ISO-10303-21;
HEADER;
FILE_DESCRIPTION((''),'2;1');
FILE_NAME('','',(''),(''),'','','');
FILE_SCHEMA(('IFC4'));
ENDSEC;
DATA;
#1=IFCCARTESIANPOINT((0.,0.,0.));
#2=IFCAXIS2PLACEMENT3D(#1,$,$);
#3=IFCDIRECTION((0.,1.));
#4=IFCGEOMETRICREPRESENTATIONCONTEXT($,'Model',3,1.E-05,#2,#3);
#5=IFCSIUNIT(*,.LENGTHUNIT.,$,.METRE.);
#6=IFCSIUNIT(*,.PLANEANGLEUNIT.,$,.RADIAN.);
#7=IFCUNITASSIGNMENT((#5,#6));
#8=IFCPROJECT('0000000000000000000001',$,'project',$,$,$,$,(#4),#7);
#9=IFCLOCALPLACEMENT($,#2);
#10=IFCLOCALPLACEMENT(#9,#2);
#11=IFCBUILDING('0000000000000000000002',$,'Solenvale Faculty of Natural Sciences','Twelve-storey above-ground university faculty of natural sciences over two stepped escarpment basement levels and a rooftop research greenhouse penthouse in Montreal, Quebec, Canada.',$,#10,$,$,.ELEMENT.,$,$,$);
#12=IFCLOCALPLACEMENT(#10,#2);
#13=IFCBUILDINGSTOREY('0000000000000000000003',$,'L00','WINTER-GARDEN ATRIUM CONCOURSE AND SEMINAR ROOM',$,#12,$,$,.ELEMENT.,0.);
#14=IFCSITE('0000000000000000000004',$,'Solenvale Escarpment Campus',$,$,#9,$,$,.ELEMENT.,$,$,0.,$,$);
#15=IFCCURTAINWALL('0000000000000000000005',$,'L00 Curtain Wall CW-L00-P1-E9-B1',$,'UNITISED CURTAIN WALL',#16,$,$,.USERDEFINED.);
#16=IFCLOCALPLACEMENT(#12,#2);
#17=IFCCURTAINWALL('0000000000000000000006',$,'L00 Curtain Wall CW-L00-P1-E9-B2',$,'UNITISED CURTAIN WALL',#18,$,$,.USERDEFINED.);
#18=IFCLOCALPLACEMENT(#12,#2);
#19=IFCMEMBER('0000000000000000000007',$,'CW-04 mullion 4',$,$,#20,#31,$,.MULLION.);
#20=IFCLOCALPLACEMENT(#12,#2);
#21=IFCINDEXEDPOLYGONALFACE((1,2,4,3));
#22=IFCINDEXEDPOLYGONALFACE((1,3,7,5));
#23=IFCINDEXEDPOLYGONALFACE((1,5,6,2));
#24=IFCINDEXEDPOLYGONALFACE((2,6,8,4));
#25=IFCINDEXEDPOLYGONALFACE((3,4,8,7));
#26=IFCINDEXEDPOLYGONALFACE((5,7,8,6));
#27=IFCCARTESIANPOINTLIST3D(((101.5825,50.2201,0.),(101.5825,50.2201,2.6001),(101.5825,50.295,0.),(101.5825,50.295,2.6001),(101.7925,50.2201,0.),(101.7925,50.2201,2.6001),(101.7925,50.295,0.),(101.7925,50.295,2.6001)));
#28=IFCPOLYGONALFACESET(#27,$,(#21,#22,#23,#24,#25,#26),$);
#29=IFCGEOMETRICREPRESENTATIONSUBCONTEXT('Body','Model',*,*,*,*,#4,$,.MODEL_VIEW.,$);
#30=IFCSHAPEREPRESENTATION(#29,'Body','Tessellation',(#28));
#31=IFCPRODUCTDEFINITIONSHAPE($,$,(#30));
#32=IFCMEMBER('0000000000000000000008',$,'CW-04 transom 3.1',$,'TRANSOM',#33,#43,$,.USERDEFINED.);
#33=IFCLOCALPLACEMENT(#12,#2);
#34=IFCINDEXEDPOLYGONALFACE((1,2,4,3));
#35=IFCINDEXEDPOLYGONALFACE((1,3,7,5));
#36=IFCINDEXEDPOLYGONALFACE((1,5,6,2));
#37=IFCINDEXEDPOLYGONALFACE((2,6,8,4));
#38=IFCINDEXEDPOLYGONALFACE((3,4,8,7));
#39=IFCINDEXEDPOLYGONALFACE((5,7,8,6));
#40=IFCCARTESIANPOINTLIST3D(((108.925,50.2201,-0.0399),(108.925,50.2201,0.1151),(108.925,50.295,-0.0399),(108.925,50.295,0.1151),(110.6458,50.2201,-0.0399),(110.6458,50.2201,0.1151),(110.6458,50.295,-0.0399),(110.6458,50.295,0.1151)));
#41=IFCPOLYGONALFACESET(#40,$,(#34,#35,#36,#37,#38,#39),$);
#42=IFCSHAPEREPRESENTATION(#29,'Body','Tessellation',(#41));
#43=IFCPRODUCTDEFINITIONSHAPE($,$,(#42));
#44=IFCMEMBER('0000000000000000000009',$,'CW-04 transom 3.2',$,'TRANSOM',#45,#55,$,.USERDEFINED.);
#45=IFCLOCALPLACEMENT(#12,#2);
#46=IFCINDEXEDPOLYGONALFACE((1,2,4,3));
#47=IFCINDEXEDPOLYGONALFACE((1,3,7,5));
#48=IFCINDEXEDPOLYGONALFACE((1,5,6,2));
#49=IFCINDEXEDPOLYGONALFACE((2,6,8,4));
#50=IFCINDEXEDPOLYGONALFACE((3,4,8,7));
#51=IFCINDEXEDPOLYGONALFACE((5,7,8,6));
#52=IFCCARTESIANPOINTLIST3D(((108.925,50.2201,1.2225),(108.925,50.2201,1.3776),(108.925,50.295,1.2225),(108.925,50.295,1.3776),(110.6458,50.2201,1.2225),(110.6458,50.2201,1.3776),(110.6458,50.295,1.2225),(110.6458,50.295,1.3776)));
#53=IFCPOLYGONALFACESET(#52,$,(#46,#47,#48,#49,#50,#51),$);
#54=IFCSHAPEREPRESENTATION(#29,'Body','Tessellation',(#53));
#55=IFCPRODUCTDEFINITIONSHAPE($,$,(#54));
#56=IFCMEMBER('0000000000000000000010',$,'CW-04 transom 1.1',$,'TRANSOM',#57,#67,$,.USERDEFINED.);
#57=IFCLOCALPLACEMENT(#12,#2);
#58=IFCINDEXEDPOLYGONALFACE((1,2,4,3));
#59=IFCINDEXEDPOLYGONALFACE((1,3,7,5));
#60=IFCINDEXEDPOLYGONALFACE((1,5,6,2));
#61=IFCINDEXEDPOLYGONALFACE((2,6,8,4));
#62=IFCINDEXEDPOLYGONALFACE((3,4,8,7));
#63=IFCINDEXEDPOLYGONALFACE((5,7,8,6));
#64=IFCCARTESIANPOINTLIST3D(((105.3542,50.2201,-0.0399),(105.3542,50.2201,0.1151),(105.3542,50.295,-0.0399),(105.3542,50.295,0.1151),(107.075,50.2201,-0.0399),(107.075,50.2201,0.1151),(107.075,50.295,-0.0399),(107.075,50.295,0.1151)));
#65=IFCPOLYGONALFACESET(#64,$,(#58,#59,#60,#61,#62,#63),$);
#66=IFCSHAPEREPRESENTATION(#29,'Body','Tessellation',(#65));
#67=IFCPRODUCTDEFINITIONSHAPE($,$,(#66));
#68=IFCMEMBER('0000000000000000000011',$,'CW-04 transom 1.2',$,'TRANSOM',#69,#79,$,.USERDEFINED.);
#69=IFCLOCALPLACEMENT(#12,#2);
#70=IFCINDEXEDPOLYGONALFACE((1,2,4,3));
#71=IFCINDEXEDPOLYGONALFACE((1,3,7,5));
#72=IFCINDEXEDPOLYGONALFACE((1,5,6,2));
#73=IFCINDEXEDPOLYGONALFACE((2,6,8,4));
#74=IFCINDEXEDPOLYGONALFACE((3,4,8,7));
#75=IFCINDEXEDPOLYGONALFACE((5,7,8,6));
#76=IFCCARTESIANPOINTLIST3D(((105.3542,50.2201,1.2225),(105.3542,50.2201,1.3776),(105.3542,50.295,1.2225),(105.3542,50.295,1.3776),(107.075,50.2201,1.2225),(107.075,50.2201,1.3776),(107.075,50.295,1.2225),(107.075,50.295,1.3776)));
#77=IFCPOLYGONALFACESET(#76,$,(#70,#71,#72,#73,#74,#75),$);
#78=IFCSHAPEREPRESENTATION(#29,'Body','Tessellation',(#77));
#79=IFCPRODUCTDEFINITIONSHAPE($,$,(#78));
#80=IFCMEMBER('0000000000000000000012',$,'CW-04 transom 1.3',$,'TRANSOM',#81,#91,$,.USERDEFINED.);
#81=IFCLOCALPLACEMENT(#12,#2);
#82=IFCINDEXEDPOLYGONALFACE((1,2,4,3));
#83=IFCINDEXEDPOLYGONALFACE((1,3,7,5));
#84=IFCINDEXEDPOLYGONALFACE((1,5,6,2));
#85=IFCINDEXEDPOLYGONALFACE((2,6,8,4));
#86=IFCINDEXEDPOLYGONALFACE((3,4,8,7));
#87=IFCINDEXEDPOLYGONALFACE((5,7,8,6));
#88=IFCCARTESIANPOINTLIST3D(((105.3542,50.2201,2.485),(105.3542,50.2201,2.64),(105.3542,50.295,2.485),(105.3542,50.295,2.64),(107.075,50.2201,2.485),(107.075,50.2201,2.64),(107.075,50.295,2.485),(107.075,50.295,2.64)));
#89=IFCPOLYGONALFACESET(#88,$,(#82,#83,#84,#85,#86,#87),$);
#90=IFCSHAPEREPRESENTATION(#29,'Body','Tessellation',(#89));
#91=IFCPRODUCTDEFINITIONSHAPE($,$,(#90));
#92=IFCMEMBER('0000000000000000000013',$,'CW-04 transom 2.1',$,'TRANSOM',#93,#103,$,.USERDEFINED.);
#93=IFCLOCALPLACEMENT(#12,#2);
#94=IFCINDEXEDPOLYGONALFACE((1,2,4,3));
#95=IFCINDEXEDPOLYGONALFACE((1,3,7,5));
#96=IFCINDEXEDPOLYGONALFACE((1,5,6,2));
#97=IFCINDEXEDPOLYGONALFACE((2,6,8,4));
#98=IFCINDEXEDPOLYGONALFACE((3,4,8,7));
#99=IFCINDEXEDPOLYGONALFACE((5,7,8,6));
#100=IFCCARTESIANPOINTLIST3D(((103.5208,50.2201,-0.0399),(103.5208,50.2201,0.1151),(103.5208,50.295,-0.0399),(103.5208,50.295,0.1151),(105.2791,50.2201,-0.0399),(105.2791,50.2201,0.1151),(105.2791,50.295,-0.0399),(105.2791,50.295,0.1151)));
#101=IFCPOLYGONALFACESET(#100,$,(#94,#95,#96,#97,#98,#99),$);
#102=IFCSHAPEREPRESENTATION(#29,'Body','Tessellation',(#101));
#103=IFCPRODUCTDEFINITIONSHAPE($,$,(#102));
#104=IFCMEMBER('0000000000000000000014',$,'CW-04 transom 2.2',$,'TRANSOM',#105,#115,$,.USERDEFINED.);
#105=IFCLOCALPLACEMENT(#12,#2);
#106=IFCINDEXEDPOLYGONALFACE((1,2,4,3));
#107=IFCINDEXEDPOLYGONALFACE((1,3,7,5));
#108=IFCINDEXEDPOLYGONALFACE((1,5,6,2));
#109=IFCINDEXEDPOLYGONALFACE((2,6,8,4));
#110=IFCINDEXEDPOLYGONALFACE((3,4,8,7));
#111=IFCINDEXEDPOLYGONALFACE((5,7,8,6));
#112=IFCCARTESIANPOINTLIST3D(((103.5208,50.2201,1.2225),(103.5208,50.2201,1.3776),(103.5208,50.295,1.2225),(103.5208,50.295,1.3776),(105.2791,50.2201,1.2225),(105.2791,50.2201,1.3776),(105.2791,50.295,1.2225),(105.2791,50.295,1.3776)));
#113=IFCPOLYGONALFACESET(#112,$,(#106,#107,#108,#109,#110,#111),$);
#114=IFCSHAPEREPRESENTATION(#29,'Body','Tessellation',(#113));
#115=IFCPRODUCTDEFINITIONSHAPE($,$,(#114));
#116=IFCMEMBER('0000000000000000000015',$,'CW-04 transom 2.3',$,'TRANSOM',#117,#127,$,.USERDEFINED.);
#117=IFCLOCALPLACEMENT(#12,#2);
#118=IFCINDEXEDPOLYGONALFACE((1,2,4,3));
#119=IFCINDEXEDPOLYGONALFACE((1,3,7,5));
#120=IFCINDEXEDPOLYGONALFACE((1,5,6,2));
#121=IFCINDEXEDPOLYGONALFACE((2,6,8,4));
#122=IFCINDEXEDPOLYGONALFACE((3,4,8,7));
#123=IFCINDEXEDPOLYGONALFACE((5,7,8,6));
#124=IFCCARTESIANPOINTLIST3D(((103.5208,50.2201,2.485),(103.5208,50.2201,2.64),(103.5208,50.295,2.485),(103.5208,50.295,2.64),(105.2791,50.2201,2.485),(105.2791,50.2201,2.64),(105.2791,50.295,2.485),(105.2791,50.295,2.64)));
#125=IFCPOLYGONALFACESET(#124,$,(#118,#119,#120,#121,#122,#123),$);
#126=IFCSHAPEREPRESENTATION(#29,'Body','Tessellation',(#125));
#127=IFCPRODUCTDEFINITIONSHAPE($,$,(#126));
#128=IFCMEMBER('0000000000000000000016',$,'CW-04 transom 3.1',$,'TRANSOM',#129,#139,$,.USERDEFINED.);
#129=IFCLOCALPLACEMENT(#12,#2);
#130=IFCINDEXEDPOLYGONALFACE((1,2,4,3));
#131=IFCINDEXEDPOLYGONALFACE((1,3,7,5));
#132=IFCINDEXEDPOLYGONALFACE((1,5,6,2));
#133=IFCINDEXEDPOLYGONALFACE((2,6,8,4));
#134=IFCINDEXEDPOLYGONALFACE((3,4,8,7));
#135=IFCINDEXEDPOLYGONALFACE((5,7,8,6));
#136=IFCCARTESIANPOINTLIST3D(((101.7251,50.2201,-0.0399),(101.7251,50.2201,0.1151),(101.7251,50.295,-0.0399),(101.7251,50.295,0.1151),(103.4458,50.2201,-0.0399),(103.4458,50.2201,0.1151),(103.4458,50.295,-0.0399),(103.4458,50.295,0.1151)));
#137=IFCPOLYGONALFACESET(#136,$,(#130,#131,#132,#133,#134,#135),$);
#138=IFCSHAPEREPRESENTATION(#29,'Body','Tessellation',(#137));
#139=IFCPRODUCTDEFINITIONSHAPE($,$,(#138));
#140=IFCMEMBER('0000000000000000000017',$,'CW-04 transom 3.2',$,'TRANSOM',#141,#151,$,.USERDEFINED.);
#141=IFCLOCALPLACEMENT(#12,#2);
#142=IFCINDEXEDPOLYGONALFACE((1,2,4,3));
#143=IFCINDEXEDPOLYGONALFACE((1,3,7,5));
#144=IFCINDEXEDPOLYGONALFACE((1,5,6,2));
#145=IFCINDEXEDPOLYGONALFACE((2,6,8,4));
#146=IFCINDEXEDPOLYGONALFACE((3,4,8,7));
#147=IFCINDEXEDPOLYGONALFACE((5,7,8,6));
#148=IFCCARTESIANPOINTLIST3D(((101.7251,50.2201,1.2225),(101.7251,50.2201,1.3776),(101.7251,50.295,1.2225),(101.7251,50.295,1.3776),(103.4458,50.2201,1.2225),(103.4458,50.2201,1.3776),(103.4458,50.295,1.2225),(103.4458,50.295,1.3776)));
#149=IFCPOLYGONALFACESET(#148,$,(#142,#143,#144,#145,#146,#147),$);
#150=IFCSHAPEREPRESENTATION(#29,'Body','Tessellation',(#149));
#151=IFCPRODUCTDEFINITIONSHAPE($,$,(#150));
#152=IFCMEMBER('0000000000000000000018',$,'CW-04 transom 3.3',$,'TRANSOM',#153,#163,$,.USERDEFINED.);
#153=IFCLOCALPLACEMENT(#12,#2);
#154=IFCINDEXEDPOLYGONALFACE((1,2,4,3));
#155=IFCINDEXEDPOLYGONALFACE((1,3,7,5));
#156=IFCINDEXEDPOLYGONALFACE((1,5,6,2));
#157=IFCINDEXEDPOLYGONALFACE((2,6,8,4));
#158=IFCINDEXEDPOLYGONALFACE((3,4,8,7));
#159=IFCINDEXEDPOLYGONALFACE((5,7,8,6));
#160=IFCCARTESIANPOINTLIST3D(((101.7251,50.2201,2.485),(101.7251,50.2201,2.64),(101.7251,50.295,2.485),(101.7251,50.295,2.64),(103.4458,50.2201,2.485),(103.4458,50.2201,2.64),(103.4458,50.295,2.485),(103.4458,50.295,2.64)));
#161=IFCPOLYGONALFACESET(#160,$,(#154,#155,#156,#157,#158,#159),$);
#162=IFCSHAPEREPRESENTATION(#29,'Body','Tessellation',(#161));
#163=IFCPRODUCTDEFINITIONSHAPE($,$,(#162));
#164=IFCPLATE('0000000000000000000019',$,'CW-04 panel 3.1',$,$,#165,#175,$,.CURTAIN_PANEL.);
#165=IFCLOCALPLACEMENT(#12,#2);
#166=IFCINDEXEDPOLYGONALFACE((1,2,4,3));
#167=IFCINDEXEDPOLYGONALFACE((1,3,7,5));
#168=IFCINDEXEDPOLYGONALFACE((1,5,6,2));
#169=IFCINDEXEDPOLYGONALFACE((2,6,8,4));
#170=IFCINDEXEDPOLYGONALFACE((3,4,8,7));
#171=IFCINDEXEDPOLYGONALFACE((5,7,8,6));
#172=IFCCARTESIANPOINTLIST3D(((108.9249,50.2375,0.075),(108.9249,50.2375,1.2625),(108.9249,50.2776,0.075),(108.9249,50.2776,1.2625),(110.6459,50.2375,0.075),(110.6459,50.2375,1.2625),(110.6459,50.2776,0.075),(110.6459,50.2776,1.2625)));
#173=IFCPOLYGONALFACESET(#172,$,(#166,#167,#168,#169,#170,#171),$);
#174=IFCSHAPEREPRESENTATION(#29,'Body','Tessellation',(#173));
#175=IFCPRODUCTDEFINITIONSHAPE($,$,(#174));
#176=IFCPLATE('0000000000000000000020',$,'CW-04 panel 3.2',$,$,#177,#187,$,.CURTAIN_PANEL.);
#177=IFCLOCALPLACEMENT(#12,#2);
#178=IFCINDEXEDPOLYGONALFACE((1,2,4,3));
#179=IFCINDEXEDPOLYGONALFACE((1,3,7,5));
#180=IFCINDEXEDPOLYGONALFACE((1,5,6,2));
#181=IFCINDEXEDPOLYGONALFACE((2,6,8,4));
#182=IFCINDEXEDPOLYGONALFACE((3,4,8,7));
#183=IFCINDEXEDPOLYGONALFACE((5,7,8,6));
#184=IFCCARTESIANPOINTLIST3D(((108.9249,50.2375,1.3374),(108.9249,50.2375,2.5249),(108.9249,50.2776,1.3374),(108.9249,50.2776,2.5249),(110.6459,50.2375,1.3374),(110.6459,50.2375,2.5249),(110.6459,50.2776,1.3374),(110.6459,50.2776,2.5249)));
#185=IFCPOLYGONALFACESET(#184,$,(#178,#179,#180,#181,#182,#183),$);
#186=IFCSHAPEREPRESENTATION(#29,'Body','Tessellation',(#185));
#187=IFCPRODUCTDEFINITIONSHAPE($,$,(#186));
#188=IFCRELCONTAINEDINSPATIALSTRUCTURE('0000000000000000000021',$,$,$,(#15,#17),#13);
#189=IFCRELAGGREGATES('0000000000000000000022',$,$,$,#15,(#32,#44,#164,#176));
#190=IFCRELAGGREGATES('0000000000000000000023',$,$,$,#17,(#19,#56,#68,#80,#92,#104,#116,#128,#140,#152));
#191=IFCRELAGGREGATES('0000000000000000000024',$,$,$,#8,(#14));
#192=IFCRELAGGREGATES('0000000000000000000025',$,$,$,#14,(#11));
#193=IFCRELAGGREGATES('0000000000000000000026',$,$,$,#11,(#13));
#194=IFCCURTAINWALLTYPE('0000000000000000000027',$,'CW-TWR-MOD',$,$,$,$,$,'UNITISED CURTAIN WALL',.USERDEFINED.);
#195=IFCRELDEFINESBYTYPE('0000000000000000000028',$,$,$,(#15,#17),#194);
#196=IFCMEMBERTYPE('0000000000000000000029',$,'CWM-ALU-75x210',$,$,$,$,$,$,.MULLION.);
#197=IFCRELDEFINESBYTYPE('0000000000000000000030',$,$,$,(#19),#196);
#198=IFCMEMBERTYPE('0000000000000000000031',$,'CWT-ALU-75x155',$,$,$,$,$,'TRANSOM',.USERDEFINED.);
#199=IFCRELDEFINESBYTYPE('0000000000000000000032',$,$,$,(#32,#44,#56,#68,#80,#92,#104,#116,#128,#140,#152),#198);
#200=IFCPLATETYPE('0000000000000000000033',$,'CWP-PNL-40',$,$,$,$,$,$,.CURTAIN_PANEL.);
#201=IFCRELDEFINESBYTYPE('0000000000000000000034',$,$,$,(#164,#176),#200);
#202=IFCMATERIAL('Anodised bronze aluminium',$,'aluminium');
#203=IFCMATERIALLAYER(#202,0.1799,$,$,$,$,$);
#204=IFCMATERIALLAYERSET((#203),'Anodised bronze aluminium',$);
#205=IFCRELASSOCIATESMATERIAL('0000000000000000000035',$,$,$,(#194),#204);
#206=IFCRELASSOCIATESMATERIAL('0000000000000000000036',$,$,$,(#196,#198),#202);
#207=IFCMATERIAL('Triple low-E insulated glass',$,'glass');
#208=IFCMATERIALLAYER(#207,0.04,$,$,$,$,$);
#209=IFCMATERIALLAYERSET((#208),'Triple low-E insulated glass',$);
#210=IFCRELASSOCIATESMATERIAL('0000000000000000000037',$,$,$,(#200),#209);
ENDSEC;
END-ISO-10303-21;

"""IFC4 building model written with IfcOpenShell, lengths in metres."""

from ifc_helpers import new_model, si_unit, direction, frame, origin, origin_2d, place, context, subcontext, project, spatial, rectangle, extrude, material, layer, layer_set, material_profile, profile_set, type_object, element, aggregate, save


model = new_model("IFC4")

# Units and contexts
model_context = context("Model", 3, precision=1e-05, world=origin(), true_north=direction((0.0, 1.0)))
body_context = subcontext(model_context, "Body", "Model", "MODEL_VIEW")
ifc_project = project(units=[si_unit("LENGTHUNIT", "METRE"), si_unit("PLANEANGLEUNIT", "RADIAN")], contexts=[model_context])

# Site, building, storey
site_placement = place(None, origin())
site = spatial("IfcSite", under=ifc_project, at=site_placement, Name="Solenvale Escarpment Campus", CompositionType="ELEMENT", RefElevation=0.0)
building_placement = place(site_placement, origin())
building = spatial("IfcBuilding", under=site, at=building_placement, Name="Solenvale Faculty of Natural Sciences", Description="Twelve-storey above-ground university faculty of natural sciences over two stepped escarpment basement levels and a rooftop research greenhouse penthouse in Montreal, Quebec, Canada.", CompositionType="ELEMENT")
storey_placement = place(building_placement, origin())
storey = spatial("IfcBuildingStorey", under=building, at=storey_placement, Name="L00", Description="WINTER-GARDEN ATRIUM CONCOURSE AND SEMINAR ROOM", CompositionType="ELEMENT", Elevation=0.0)

# Curtain wall
ifc_material_1 = material(Name="Anodised bronze aluminium", Category="aluminium")
ifc_layer_1 = layer(ifc_material_1, 0.1799)
ifc_layer_set_1 = layer_set([ifc_layer_1], Name="Anodised bronze aluminium")
curtain_wall_type = type_object("IfcCurtainWallType", Name="CW-TWR-MOD", ElementType="UNITISED CURTAIN WALL", PredefinedType="USERDEFINED", material=ifc_layer_set_1)
curtain_wall_1_placement = place(storey_placement, origin())
curtain_wall_1 = element("IfcCurtainWall", 1, at=curtain_wall_1_placement, inside=storey, type_object=curtain_wall_type, Name="L00 Curtain Wall CW-L00-P1-E9-B1", ObjectType="UNITISED CURTAIN WALL", PredefinedType="USERDEFINED")
ifc_material_profile_1 = material_profile(ifc_material_1, rectangle(XDim=0.075, YDim=0.21, at=origin_2d()), Name="ALU-MUL-75x210")
ifc_profile_set_1 = profile_set([ifc_material_profile_1], Name="Anodised bronze aluminium")
member_type_1 = type_object("IfcMemberType", Name="CWM-ALU-75x210", PredefinedType="MULLION", material=ifc_profile_set_1)

# Curtain wall, member
curtain_wall_2_placement = place(storey_placement, origin())
curtain_wall_2 = element("IfcCurtainWall", 2, at=curtain_wall_2_placement, inside=storey, type_object=curtain_wall_type, Name="L00 Curtain Wall CW-L00-P1-E9-B2", ObjectType="UNITISED CURTAIN WALL", PredefinedType="USERDEFINED")
member_1_placement = place(storey_placement, frame((101.6875, 50.2576, 0.0), z_axis=(0.0, 0.0, 1.0), x_axis=(0.0, -1.0, 0.0)))
member_1 = element("IfcMember", 3, at=member_1_placement, type_object=member_type_1, Name="CW-04 mullion 4", PredefinedType="MULLION", context=body_context, shape_type="SweptSolid", body=[
    extrude(rectangle(XDim=0.075, YDim=0.21, at=origin_2d()), origin(), (0.0, 0.0, 1.0), 2.6001),
])

# Members
ifc_material_profile_2 = material_profile(ifc_material_1, rectangle(XDim=0.075, YDim=0.155, at=origin_2d()), Name="ALU-TRN-75x155")
ifc_profile_set_2 = profile_set([ifc_material_profile_2], Name="Anodised bronze aluminium")
member_type_2 = type_object("IfcMemberType", Name="CWT-ALU-75x155", ElementType="TRANSOM", PredefinedType="USERDEFINED", material=ifc_profile_set_2)
member_2_placement = place(storey_placement, frame((110.6458, 50.2576, 0.0376), z_axis=(-1.0, 0.0, 0.0), x_axis=(0.0, -1.0, 0.0)))
member_2 = element("IfcMember", 4, at=member_2_placement, type_object=member_type_2, Name="CW-04 transom 3.1", ObjectType="TRANSOM", PredefinedType="USERDEFINED", context=body_context, shape_type="SweptSolid", body=[
    extrude(rectangle(XDim=0.075, YDim=0.155, at=origin_2d()), origin(), (0.0, 0.0, 1.0), 1.7207),
])
member_3_placement = place(storey_placement, frame((110.6458, 50.2576, 1.3), z_axis=(-1.0, 0.0, 0.0), x_axis=(0.0, -1.0, 0.0)))
member_3 = element("IfcMember", 5, at=member_3_placement, type_object=member_type_2, Name="CW-04 transom 3.2", ObjectType="TRANSOM", PredefinedType="USERDEFINED", context=body_context, shape_type="SweptSolid", body=[
    extrude(rectangle(XDim=0.075, YDim=0.155, at=origin_2d()), origin(), (0.0, 0.0, 1.0), 1.7207),
])
member_4_placement = place(storey_placement, frame((107.075, 50.2576, 0.0376), z_axis=(-1.0, 0.0, 0.0), x_axis=(0.0, -1.0, 0.0)))
member_4 = element("IfcMember", 6, at=member_4_placement, type_object=member_type_2, Name="CW-04 transom 1.1", ObjectType="TRANSOM", PredefinedType="USERDEFINED", context=body_context, shape_type="SweptSolid", body=[
    extrude(rectangle(XDim=0.075, YDim=0.155, at=origin_2d()), origin(), (0.0, 0.0, 1.0), 1.7207),
])
member_5_placement = place(storey_placement, frame((107.075, 50.2576, 1.3), z_axis=(-1.0, 0.0, 0.0), x_axis=(0.0, -1.0, 0.0)))
member_5 = element("IfcMember", 7, at=member_5_placement, type_object=member_type_2, Name="CW-04 transom 1.2", ObjectType="TRANSOM", PredefinedType="USERDEFINED", context=body_context, shape_type="SweptSolid", body=[
    extrude(rectangle(XDim=0.075, YDim=0.155, at=origin_2d()), origin(), (0.0, 0.0, 1.0), 1.7207),
])
member_6_placement = place(storey_placement, frame((107.075, 50.2576, 2.5625), z_axis=(-1.0, 0.0, 0.0), x_axis=(0.0, -1.0, 0.0)))
member_6 = element("IfcMember", 8, at=member_6_placement, type_object=member_type_2, Name="CW-04 transom 1.3", ObjectType="TRANSOM", PredefinedType="USERDEFINED", context=body_context, shape_type="SweptSolid", body=[
    extrude(rectangle(XDim=0.075, YDim=0.155, at=origin_2d()), origin(), (0.0, 0.0, 1.0), 1.7207),
])
member_7_placement = place(storey_placement, frame((105.2791, 50.2576, 0.0376), z_axis=(-1.0, 0.0, 0.0), x_axis=(0.0, -1.0, 0.0)))
member_7 = element("IfcMember", 9, at=member_7_placement, type_object=member_type_2, Name="CW-04 transom 2.1", ObjectType="TRANSOM", PredefinedType="USERDEFINED", context=body_context, shape_type="SweptSolid", body=[
    extrude(rectangle(XDim=0.075, YDim=0.155, at=origin_2d()), origin(), (0.0, 0.0, 1.0), 1.7583),
])
member_8_placement = place(storey_placement, frame((105.2791, 50.2576, 1.3), z_axis=(-1.0, 0.0, 0.0), x_axis=(0.0, -1.0, 0.0)))
member_8 = element("IfcMember", 10, at=member_8_placement, type_object=member_type_2, Name="CW-04 transom 2.2", ObjectType="TRANSOM", PredefinedType="USERDEFINED", context=body_context, shape_type="SweptSolid", body=[
    extrude(rectangle(XDim=0.075, YDim=0.155, at=origin_2d()), origin(), (0.0, 0.0, 1.0), 1.7583),
])
member_9_placement = place(storey_placement, frame((105.2791, 50.2576, 2.5625), z_axis=(-1.0, 0.0, 0.0), x_axis=(0.0, -1.0, 0.0)))
member_9 = element("IfcMember", 11, at=member_9_placement, type_object=member_type_2, Name="CW-04 transom 2.3", ObjectType="TRANSOM", PredefinedType="USERDEFINED", context=body_context, shape_type="SweptSolid", body=[
    extrude(rectangle(XDim=0.075, YDim=0.155, at=origin_2d()), origin(), (0.0, 0.0, 1.0), 1.7583),
])
member_10_placement = place(storey_placement, frame((103.4458, 50.2576, 0.0376), z_axis=(-1.0, 0.0, 0.0), x_axis=(0.0, -1.0, 0.0)))
member_10 = element("IfcMember", 12, at=member_10_placement, type_object=member_type_2, Name="CW-04 transom 3.1", ObjectType="TRANSOM", PredefinedType="USERDEFINED", context=body_context, shape_type="SweptSolid", body=[
    extrude(rectangle(XDim=0.075, YDim=0.155, at=origin_2d()), origin(), (0.0, 0.0, 1.0), 1.7207),
])
member_11_placement = place(storey_placement, frame((103.4458, 50.2576, 1.3), z_axis=(-1.0, 0.0, 0.0), x_axis=(0.0, -1.0, 0.0)))
member_11 = element("IfcMember", 13, at=member_11_placement, type_object=member_type_2, Name="CW-04 transom 3.2", ObjectType="TRANSOM", PredefinedType="USERDEFINED", context=body_context, shape_type="SweptSolid", body=[
    extrude(rectangle(XDim=0.075, YDim=0.155, at=origin_2d()), origin(), (0.0, 0.0, 1.0), 1.7207),
])
member_12_placement = place(storey_placement, frame((103.4458, 50.2576, 2.5625), z_axis=(-1.0, 0.0, 0.0), x_axis=(0.0, -1.0, 0.0)))
member_12 = element("IfcMember", 14, at=member_12_placement, type_object=member_type_2, Name="CW-04 transom 3.3", ObjectType="TRANSOM", PredefinedType="USERDEFINED", context=body_context, shape_type="SweptSolid", body=[
    extrude(rectangle(XDim=0.075, YDim=0.155, at=origin_2d()), origin(), (0.0, 0.0, 1.0), 1.7207),
])

# Plates
ifc_material_2 = material(Name="Triple low-E insulated glass", Category="glass")
ifc_layer_2 = layer(ifc_material_2, 0.04)
ifc_layer_set_2 = layer_set([ifc_layer_2], Name="Triple low-E insulated glass")
plate_type_1 = type_object("IfcPlateType", Name="CWP-PNL-40", PredefinedType="CURTAIN_PANEL", material=ifc_layer_set_2)
plate_1_placement = place(storey_placement, frame((109.7854, 50.2576, 0.075), z_axis=(0.0, 0.0, 1.0), x_axis=(-1.0, 0.0, 0.0)))
plate_1 = element("IfcPlate", 15, at=plate_1_placement, type_object=plate_type_1, Name="CW-04 panel 3.1", PredefinedType="CURTAIN_PANEL", context=body_context, shape_type="SweptSolid", body=[
    extrude(rectangle(XDim=1.7209, YDim=0.04, at=origin_2d()), origin(), (0.0, 0.0, 1.0), 1.1875),
])
plate_2_placement = place(storey_placement, frame((109.7854, 50.2576, 1.3374), z_axis=(0.0, 0.0, 1.0), x_axis=(-1.0, 0.0, 0.0)))
plate_2 = element("IfcPlate", 16, at=plate_2_placement, type_object=plate_type_1, Name="CW-04 panel 3.2", PredefinedType="CURTAIN_PANEL", context=body_context, shape_type="SweptSolid", body=[
    extrude(rectangle(XDim=1.7209, YDim=0.04, at=origin_2d()), origin(), (0.0, 0.0, 1.0), 1.1875),
])
aggregate(curtain_wall_1, [member_2, member_3, plate_1, plate_2])
aggregate(curtain_wall_2, [member_1, member_4, member_5, member_6, member_7, member_8, member_9, member_10, member_11, member_12])

save(model, "model.ifc")
